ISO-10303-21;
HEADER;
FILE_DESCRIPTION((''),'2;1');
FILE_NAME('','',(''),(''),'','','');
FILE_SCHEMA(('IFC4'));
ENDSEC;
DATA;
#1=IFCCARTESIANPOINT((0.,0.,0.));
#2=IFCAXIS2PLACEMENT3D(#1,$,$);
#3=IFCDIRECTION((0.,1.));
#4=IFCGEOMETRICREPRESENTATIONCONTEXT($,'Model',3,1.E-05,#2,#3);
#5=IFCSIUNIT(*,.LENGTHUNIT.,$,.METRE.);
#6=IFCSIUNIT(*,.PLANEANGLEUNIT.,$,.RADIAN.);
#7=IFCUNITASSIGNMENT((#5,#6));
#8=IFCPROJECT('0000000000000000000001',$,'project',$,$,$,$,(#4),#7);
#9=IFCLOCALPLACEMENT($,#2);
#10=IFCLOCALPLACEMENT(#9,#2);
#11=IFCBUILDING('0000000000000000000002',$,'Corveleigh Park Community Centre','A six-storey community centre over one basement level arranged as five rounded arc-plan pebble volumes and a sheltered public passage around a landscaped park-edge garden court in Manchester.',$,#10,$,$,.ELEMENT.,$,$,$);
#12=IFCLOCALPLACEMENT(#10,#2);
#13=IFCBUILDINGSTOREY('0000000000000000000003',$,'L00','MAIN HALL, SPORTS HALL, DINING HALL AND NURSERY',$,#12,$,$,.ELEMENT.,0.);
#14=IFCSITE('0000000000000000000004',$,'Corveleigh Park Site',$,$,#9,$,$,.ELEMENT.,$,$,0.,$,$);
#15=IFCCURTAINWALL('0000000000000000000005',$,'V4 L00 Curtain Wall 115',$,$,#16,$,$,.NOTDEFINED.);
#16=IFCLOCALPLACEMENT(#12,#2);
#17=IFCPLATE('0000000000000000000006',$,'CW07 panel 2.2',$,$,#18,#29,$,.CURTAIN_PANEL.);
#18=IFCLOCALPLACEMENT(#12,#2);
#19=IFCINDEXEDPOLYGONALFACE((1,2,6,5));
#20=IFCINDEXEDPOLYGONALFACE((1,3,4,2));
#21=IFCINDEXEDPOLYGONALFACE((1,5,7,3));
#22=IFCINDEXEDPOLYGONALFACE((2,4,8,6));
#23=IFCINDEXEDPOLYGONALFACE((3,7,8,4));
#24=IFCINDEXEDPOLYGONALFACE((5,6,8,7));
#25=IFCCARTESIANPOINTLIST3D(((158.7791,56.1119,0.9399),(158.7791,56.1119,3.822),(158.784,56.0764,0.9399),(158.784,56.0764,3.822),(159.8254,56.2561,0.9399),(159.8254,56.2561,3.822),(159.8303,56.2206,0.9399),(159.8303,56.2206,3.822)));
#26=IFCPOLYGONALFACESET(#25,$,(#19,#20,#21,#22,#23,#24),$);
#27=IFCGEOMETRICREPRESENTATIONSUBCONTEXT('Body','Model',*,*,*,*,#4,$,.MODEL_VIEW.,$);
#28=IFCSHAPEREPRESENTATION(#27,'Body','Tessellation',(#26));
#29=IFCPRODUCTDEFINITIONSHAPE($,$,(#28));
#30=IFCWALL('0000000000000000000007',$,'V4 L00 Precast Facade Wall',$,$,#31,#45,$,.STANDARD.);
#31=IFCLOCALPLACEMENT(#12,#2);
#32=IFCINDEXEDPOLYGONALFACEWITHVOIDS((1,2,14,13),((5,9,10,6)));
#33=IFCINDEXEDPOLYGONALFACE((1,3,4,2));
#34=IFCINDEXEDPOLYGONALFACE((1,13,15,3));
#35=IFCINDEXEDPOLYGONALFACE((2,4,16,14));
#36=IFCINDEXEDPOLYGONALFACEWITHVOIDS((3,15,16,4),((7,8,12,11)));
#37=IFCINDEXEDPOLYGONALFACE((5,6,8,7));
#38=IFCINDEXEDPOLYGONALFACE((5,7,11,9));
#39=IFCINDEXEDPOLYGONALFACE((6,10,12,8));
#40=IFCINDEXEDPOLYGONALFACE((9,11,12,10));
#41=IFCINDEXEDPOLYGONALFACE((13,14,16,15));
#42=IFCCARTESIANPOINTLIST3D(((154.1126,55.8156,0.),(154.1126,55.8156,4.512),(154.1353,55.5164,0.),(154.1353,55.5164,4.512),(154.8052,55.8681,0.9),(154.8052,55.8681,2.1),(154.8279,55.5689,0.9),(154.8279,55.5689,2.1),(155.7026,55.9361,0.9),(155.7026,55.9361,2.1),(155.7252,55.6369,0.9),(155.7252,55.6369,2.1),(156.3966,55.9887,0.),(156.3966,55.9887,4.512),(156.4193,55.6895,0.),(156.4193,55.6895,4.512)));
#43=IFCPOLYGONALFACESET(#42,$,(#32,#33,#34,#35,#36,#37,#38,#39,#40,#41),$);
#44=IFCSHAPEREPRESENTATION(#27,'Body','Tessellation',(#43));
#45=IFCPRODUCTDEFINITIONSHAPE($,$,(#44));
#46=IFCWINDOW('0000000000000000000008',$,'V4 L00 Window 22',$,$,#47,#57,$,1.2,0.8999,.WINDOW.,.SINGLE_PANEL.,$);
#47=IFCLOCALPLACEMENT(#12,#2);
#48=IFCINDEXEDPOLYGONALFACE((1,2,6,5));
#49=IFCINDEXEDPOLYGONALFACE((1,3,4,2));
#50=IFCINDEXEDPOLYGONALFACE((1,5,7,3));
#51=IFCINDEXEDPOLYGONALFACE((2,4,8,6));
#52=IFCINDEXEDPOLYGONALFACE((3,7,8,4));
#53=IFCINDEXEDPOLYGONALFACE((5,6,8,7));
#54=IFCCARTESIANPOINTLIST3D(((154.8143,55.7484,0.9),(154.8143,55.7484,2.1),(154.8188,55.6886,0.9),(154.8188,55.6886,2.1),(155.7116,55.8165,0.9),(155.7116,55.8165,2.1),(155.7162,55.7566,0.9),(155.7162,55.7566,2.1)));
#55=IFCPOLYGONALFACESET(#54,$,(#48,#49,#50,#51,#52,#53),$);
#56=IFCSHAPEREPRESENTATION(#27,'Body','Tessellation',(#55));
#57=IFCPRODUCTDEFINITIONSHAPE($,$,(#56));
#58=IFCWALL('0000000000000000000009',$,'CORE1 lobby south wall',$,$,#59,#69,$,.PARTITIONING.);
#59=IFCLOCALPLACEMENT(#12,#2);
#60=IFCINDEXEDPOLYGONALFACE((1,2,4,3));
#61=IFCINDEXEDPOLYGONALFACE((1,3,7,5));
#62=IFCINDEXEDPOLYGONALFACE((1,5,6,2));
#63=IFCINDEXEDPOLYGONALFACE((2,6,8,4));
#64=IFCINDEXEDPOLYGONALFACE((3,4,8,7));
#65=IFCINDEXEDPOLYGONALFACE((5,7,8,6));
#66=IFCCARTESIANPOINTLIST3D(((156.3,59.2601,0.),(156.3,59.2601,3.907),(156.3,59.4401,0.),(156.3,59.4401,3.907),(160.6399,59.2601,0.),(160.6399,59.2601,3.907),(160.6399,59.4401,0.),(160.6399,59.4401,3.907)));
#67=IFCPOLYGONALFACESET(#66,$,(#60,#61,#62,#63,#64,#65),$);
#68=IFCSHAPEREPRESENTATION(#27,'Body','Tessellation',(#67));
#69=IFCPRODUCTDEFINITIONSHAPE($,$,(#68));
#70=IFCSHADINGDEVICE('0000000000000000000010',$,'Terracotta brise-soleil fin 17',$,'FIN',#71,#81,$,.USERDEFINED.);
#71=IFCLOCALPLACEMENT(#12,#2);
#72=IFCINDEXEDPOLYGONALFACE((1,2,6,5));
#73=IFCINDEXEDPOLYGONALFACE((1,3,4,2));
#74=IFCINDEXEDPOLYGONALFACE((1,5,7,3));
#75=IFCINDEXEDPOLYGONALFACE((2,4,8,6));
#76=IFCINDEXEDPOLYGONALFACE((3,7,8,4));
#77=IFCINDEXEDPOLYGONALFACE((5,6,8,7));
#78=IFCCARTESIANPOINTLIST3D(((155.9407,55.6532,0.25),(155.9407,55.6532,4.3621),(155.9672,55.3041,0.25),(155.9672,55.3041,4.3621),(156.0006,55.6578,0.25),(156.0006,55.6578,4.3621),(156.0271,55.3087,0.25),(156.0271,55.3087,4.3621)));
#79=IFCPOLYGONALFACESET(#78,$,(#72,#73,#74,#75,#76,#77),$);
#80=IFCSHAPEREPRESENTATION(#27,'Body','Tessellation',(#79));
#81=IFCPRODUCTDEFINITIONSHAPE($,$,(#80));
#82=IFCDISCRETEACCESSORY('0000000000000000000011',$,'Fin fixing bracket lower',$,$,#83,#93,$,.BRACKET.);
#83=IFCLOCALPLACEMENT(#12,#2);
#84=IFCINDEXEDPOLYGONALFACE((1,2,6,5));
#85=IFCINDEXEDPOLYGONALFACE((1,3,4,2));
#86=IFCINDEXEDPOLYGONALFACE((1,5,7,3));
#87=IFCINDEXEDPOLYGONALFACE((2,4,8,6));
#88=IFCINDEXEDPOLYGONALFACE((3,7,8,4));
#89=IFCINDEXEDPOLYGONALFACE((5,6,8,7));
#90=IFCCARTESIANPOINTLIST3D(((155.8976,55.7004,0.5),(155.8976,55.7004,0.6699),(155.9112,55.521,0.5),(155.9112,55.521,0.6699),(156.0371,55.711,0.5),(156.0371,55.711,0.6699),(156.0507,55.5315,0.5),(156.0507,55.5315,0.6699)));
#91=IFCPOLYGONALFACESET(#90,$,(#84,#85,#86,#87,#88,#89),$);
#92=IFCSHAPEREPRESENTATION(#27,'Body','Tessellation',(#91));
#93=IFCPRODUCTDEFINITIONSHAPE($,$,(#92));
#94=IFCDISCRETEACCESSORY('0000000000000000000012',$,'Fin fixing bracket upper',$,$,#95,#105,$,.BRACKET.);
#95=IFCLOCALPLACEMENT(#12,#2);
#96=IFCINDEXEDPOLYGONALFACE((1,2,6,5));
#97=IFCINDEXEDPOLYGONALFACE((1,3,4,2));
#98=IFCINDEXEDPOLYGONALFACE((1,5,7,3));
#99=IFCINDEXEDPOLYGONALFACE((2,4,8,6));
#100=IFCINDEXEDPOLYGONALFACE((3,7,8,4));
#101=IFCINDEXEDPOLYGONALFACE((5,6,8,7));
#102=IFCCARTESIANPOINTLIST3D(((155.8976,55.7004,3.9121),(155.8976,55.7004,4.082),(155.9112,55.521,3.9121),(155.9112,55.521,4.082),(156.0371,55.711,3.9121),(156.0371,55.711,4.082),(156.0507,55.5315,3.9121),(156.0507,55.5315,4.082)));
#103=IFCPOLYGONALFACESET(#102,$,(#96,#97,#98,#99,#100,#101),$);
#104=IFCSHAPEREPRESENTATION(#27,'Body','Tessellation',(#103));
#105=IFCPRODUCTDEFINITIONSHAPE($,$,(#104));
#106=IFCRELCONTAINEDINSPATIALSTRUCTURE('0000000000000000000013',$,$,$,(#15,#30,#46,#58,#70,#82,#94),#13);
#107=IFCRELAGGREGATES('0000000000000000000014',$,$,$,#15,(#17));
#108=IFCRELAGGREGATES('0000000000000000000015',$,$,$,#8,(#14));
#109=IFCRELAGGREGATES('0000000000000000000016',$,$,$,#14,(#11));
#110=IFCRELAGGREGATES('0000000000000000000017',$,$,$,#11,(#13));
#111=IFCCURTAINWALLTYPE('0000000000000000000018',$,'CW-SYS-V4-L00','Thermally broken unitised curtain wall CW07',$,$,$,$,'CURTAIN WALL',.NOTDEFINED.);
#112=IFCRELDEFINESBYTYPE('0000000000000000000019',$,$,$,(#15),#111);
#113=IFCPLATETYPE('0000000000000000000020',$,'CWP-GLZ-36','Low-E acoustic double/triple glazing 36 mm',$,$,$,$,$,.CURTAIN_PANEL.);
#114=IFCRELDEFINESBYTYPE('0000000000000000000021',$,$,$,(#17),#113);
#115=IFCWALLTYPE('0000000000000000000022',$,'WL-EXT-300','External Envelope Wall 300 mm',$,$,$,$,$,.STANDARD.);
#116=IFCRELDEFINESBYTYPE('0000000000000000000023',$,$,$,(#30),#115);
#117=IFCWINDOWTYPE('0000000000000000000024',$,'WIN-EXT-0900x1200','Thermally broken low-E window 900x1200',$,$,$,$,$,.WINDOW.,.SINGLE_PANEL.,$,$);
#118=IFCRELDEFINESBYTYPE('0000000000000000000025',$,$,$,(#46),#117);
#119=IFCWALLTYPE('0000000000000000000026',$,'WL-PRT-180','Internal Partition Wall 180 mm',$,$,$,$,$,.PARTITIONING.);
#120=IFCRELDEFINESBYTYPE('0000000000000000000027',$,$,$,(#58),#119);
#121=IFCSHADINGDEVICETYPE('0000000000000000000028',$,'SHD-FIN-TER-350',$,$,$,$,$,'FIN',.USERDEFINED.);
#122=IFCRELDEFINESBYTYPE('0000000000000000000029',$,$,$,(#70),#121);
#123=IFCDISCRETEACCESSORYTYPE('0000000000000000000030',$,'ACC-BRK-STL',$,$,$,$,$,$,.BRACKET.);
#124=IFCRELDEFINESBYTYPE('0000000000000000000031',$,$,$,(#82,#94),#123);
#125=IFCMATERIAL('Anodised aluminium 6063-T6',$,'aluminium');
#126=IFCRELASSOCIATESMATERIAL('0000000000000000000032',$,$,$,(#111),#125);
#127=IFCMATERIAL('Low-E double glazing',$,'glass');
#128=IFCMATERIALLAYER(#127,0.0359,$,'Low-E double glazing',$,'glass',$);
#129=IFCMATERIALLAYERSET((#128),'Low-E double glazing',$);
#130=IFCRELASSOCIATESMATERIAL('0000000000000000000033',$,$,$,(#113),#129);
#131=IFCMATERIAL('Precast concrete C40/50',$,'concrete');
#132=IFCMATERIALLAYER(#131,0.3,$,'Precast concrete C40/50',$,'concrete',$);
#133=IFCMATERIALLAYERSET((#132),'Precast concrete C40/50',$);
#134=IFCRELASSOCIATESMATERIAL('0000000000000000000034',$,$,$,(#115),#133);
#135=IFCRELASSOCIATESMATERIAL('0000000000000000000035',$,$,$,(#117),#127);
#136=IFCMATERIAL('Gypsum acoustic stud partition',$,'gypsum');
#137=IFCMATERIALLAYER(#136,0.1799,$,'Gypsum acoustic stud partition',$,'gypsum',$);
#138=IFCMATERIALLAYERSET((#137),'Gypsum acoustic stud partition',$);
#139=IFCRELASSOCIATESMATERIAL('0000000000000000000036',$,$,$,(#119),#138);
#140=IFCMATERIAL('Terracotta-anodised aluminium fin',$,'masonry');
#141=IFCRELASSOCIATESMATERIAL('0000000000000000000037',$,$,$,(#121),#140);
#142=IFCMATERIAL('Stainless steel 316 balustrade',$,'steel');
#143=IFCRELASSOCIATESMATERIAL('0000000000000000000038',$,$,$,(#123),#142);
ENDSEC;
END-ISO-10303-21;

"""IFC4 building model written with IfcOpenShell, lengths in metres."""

from ifc_helpers import new_model, si_unit, direction, frame, frame_2d, origin, origin_2d, place, context, subcontext, project, spatial, rectangle, extrude, material, layer, layer_set, type_object, element, fill, aggregate, save


model = new_model("IFC4")

# Units and contexts
model_context = context("Model", 3, precision=1e-05, world=origin(), true_north=direction((0.0, 1.0)))
body_context = subcontext(model_context, "Body", "Model", "MODEL_VIEW")
ifc_project = project(units=[si_unit("LENGTHUNIT", "METRE"), si_unit("PLANEANGLEUNIT", "RADIAN")], contexts=[model_context])

# Site, building, storey
site_placement = place(None, origin())
site = spatial("IfcSite", under=ifc_project, at=site_placement, Name="Corveleigh Park Site", CompositionType="ELEMENT", RefElevation=0.0)
building_placement = place(site_placement, origin())
building = spatial("IfcBuilding", under=site, at=building_placement, Name="Corveleigh Park Community Centre", Description="A six-storey community centre over one basement level arranged as five rounded arc-plan pebble volumes and a sheltered public passage around a landscaped park-edge garden court in Manchester.", CompositionType="ELEMENT")
storey_placement = place(building_placement, origin())
storey = spatial("IfcBuildingStorey", under=building, at=storey_placement, Name="L00", Description="MAIN HALL, SPORTS HALL, DINING HALL AND NURSERY", CompositionType="ELEMENT", Elevation=0.0)

# Curtain wall
ifc_material_1 = material(Name="Anodised aluminium 6063-T6", Category="aluminium")
curtain_wall_type = type_object("IfcCurtainWallType", Name="CW-SYS-V4-L00", Description="Thermally broken unitised curtain wall CW07", ElementType="CURTAIN WALL", PredefinedType="NOTDEFINED", material=ifc_material_1)
curtain_wall_1_placement = place(storey_placement, origin())
curtain_wall_1 = element("IfcCurtainWall", 1, at=curtain_wall_1_placement, inside=storey, type_object=curtain_wall_type, Name="V4 L00 Curtain Wall 115", PredefinedType="NOTDEFINED")

# Plate
ifc_material_2 = material(Name="Low-E double glazing", Category="glass")
ifc_layer_1 = layer(ifc_material_2, 0.0359, Name="Low-E double glazing", Category="glass")
ifc_layer_set_1 = layer_set([ifc_layer_1], Name="Low-E double glazing")
plate_type_1 = type_object("IfcPlateType", Name="CWP-GLZ-36", Description="Low-E acoustic double/triple glazing 36 mm", PredefinedType="CURTAIN_PANEL", material=ifc_layer_set_1)
plate_1_placement = place(storey_placement, frame((159.3047, 56.1663, 0.9399), z_axis=(0.0, 0.0, 1.0), x_axis=(-0.990635, -0.136534, 0.0)))
plate_1 = element("IfcPlate", 2, at=plate_1_placement, type_object=plate_type_1, Name="CW07 panel 2.2", PredefinedType="CURTAIN_PANEL", context=body_context, shape_type="SweptSolid", body=[
    extrude(rectangle(XDim=1.0562, YDim=0.0359, at=origin_2d()), origin(), (0.0, 0.0, 1.0), 2.8821),
])
aggregate(curtain_wall_1, [plate_1])

# Wall, opening, window
ifc_material_3 = material(Name="Precast concrete C40/50", Category="concrete")
ifc_layer_2 = layer(ifc_material_3, 0.3, Name="Precast concrete C40/50", Category="concrete")
ifc_layer_set_2 = layer_set([ifc_layer_2], Name="Precast concrete C40/50")
wall_type_1 = type_object("IfcWallType", Name="WL-EXT-300", Description="External Envelope Wall 300 mm", PredefinedType="STANDARD", material=ifc_layer_set_2)
wall_1_placement = place(storey_placement, frame((156.408, 55.8391, 0.0), z_axis=(0.0, 0.0, 1.0), x_axis=(-0.99714, -0.075572, 0.0)))
wall_1 = element("IfcWall", 3, at=wall_1_placement, inside=storey, type_object=wall_type_1, Name="V4 L00 Precast Facade Wall", PredefinedType="STANDARD", context=body_context, shape_type="SweptSolid", body=[
    extrude(rectangle(XDim=2.2905, YDim=0.3, at=frame_2d((1.1453, 0.0))), origin(), (0.0, 0.0, 1.0), 4.512),
])
opening_placement = place(wall_1_placement, frame((0.696, 0.0, 0.8999)))
opening = element("IfcOpeningElement", 4, at=opening_placement, cuts=wall_1, PredefinedType="OPENING", context=body_context, shape_type="SweptSolid", body=[
    extrude(rectangle(XDim=0.8999, YDim=1.2, at=frame_2d((0.45, 0.6001))), frame((0.0, 0.1599, 0.0), z_axis=(0.0, -1.0, 0.0), x_axis=(1.0, 0.0, 0.0)), (0.0, 0.0, 1.0), 0.3201),
])
window_type = type_object("IfcWindowType", Name="WIN-EXT-0900x1200", Description="Thermally broken low-E window 900x1200", PartitioningType="SINGLE_PANEL", PredefinedType="WINDOW", material=ifc_material_2)
window_placement = place(opening_placement, origin())
window = element("IfcWindow", 5, at=window_placement, inside=storey, type_object=window_type, Name="V4 L00 Window 22", OverallHeight=1.2, OverallWidth=0.8999, PartitioningType="SINGLE_PANEL", PredefinedType="WINDOW", context=body_context, shape_type="SweptSolid", body=[
    extrude(rectangle(XDim=0.8999, YDim=1.2, at=frame_2d((0.45, 0.6001))), frame((0.0, 0.03, 0.0), z_axis=(0.0, -1.0, 0.0), x_axis=(1.0, 0.0, 0.0)), (0.0, 0.0, 1.0), 0.0601),
])
fill(opening, window)

# Wall
ifc_material_4 = material(Name="Gypsum acoustic stud partition", Category="gypsum")
ifc_layer_3 = layer(ifc_material_4, 0.1799, Name="Gypsum acoustic stud partition", Category="gypsum")
ifc_layer_set_3 = layer_set([ifc_layer_3], Name="Gypsum acoustic stud partition")
wall_type_2 = type_object("IfcWallType", Name="WL-PRT-180", Description="Internal Partition Wall 180 mm", PredefinedType="PARTITIONING", material=ifc_layer_set_3)
wall_2_placement = place(storey_placement, frame((156.3, 59.3501, 0.0), z_axis=(0.0, 0.0, 1.0), x_axis=(1.0, 0.0, 0.0)))
element("IfcWall", 6, at=wall_2_placement, inside=storey, type_object=wall_type_2, Name="CORE1 lobby south wall", PredefinedType="PARTITIONING", context=body_context, shape_type="SweptSolid", body=[
    extrude(rectangle(XDim=4.3398, YDim=0.1799, at=frame_2d((2.1699, 0.0))), origin(), (0.0, 0.0, 1.0), 3.907),
])

# Shading device
ifc_material_5 = material(Name="Terracotta-anodised aluminium fin", Category="masonry")
shading_device_type = type_object("IfcShadingDeviceType", Name="SHD-FIN-TER-350", ElementType="FIN", PredefinedType="USERDEFINED", material=ifc_material_5)
shading_device_placement = place(storey_placement, frame((155.9839, 55.481, 0.25), z_axis=(0.0, 0.0, 1.0), x_axis=(0.075528, -0.997144, 0.0)))
element("IfcShadingDevice", 7, at=shading_device_placement, inside=storey, type_object=shading_device_type, Name="Terracotta brise-soleil fin 17", ObjectType="FIN", PredefinedType="USERDEFINED", context=body_context, shape_type="SweptSolid", body=[
    extrude(rectangle(XDim=0.3501, YDim=0.0601, at=origin_2d()), origin(), (0.0, 0.0, 1.0), 4.1121),
])

# Discrete accessories
ifc_material_6 = material(Name="Stainless steel 316 balustrade", Category="steel")
discrete_accessory_type = type_object("IfcDiscreteAccessoryType", Name="ACC-BRK-STL", PredefinedType="BRACKET", material=ifc_material_6)
for number, where, z_axis, x_axis, name in (
    (8, (155.9741, 55.616, 0.5), (0.0, 0.0, 1.0), (0.075528, -0.997144, 0.0), "Fin fixing bracket lower"),
    (9, (155.9741, 55.616, 3.9121), (0.0, 0.0, 1.0), (0.075528, -0.997144, 0.0), "Fin fixing bracket upper"),
):
    element("IfcDiscreteAccessory", number, at=place(storey_placement, frame(where, z_axis=z_axis, x_axis=x_axis)), inside=storey, type_object=discrete_accessory_type, Name=name, PredefinedType="BRACKET", context=body_context, shape_type="SweptSolid", body=[
        extrude(rectangle(XDim=0.1799, YDim=0.1399, at=origin_2d()), origin(), (0.0, 0.0, 1.0), 0.1699),
    ])

save(model, "model.ifc")
